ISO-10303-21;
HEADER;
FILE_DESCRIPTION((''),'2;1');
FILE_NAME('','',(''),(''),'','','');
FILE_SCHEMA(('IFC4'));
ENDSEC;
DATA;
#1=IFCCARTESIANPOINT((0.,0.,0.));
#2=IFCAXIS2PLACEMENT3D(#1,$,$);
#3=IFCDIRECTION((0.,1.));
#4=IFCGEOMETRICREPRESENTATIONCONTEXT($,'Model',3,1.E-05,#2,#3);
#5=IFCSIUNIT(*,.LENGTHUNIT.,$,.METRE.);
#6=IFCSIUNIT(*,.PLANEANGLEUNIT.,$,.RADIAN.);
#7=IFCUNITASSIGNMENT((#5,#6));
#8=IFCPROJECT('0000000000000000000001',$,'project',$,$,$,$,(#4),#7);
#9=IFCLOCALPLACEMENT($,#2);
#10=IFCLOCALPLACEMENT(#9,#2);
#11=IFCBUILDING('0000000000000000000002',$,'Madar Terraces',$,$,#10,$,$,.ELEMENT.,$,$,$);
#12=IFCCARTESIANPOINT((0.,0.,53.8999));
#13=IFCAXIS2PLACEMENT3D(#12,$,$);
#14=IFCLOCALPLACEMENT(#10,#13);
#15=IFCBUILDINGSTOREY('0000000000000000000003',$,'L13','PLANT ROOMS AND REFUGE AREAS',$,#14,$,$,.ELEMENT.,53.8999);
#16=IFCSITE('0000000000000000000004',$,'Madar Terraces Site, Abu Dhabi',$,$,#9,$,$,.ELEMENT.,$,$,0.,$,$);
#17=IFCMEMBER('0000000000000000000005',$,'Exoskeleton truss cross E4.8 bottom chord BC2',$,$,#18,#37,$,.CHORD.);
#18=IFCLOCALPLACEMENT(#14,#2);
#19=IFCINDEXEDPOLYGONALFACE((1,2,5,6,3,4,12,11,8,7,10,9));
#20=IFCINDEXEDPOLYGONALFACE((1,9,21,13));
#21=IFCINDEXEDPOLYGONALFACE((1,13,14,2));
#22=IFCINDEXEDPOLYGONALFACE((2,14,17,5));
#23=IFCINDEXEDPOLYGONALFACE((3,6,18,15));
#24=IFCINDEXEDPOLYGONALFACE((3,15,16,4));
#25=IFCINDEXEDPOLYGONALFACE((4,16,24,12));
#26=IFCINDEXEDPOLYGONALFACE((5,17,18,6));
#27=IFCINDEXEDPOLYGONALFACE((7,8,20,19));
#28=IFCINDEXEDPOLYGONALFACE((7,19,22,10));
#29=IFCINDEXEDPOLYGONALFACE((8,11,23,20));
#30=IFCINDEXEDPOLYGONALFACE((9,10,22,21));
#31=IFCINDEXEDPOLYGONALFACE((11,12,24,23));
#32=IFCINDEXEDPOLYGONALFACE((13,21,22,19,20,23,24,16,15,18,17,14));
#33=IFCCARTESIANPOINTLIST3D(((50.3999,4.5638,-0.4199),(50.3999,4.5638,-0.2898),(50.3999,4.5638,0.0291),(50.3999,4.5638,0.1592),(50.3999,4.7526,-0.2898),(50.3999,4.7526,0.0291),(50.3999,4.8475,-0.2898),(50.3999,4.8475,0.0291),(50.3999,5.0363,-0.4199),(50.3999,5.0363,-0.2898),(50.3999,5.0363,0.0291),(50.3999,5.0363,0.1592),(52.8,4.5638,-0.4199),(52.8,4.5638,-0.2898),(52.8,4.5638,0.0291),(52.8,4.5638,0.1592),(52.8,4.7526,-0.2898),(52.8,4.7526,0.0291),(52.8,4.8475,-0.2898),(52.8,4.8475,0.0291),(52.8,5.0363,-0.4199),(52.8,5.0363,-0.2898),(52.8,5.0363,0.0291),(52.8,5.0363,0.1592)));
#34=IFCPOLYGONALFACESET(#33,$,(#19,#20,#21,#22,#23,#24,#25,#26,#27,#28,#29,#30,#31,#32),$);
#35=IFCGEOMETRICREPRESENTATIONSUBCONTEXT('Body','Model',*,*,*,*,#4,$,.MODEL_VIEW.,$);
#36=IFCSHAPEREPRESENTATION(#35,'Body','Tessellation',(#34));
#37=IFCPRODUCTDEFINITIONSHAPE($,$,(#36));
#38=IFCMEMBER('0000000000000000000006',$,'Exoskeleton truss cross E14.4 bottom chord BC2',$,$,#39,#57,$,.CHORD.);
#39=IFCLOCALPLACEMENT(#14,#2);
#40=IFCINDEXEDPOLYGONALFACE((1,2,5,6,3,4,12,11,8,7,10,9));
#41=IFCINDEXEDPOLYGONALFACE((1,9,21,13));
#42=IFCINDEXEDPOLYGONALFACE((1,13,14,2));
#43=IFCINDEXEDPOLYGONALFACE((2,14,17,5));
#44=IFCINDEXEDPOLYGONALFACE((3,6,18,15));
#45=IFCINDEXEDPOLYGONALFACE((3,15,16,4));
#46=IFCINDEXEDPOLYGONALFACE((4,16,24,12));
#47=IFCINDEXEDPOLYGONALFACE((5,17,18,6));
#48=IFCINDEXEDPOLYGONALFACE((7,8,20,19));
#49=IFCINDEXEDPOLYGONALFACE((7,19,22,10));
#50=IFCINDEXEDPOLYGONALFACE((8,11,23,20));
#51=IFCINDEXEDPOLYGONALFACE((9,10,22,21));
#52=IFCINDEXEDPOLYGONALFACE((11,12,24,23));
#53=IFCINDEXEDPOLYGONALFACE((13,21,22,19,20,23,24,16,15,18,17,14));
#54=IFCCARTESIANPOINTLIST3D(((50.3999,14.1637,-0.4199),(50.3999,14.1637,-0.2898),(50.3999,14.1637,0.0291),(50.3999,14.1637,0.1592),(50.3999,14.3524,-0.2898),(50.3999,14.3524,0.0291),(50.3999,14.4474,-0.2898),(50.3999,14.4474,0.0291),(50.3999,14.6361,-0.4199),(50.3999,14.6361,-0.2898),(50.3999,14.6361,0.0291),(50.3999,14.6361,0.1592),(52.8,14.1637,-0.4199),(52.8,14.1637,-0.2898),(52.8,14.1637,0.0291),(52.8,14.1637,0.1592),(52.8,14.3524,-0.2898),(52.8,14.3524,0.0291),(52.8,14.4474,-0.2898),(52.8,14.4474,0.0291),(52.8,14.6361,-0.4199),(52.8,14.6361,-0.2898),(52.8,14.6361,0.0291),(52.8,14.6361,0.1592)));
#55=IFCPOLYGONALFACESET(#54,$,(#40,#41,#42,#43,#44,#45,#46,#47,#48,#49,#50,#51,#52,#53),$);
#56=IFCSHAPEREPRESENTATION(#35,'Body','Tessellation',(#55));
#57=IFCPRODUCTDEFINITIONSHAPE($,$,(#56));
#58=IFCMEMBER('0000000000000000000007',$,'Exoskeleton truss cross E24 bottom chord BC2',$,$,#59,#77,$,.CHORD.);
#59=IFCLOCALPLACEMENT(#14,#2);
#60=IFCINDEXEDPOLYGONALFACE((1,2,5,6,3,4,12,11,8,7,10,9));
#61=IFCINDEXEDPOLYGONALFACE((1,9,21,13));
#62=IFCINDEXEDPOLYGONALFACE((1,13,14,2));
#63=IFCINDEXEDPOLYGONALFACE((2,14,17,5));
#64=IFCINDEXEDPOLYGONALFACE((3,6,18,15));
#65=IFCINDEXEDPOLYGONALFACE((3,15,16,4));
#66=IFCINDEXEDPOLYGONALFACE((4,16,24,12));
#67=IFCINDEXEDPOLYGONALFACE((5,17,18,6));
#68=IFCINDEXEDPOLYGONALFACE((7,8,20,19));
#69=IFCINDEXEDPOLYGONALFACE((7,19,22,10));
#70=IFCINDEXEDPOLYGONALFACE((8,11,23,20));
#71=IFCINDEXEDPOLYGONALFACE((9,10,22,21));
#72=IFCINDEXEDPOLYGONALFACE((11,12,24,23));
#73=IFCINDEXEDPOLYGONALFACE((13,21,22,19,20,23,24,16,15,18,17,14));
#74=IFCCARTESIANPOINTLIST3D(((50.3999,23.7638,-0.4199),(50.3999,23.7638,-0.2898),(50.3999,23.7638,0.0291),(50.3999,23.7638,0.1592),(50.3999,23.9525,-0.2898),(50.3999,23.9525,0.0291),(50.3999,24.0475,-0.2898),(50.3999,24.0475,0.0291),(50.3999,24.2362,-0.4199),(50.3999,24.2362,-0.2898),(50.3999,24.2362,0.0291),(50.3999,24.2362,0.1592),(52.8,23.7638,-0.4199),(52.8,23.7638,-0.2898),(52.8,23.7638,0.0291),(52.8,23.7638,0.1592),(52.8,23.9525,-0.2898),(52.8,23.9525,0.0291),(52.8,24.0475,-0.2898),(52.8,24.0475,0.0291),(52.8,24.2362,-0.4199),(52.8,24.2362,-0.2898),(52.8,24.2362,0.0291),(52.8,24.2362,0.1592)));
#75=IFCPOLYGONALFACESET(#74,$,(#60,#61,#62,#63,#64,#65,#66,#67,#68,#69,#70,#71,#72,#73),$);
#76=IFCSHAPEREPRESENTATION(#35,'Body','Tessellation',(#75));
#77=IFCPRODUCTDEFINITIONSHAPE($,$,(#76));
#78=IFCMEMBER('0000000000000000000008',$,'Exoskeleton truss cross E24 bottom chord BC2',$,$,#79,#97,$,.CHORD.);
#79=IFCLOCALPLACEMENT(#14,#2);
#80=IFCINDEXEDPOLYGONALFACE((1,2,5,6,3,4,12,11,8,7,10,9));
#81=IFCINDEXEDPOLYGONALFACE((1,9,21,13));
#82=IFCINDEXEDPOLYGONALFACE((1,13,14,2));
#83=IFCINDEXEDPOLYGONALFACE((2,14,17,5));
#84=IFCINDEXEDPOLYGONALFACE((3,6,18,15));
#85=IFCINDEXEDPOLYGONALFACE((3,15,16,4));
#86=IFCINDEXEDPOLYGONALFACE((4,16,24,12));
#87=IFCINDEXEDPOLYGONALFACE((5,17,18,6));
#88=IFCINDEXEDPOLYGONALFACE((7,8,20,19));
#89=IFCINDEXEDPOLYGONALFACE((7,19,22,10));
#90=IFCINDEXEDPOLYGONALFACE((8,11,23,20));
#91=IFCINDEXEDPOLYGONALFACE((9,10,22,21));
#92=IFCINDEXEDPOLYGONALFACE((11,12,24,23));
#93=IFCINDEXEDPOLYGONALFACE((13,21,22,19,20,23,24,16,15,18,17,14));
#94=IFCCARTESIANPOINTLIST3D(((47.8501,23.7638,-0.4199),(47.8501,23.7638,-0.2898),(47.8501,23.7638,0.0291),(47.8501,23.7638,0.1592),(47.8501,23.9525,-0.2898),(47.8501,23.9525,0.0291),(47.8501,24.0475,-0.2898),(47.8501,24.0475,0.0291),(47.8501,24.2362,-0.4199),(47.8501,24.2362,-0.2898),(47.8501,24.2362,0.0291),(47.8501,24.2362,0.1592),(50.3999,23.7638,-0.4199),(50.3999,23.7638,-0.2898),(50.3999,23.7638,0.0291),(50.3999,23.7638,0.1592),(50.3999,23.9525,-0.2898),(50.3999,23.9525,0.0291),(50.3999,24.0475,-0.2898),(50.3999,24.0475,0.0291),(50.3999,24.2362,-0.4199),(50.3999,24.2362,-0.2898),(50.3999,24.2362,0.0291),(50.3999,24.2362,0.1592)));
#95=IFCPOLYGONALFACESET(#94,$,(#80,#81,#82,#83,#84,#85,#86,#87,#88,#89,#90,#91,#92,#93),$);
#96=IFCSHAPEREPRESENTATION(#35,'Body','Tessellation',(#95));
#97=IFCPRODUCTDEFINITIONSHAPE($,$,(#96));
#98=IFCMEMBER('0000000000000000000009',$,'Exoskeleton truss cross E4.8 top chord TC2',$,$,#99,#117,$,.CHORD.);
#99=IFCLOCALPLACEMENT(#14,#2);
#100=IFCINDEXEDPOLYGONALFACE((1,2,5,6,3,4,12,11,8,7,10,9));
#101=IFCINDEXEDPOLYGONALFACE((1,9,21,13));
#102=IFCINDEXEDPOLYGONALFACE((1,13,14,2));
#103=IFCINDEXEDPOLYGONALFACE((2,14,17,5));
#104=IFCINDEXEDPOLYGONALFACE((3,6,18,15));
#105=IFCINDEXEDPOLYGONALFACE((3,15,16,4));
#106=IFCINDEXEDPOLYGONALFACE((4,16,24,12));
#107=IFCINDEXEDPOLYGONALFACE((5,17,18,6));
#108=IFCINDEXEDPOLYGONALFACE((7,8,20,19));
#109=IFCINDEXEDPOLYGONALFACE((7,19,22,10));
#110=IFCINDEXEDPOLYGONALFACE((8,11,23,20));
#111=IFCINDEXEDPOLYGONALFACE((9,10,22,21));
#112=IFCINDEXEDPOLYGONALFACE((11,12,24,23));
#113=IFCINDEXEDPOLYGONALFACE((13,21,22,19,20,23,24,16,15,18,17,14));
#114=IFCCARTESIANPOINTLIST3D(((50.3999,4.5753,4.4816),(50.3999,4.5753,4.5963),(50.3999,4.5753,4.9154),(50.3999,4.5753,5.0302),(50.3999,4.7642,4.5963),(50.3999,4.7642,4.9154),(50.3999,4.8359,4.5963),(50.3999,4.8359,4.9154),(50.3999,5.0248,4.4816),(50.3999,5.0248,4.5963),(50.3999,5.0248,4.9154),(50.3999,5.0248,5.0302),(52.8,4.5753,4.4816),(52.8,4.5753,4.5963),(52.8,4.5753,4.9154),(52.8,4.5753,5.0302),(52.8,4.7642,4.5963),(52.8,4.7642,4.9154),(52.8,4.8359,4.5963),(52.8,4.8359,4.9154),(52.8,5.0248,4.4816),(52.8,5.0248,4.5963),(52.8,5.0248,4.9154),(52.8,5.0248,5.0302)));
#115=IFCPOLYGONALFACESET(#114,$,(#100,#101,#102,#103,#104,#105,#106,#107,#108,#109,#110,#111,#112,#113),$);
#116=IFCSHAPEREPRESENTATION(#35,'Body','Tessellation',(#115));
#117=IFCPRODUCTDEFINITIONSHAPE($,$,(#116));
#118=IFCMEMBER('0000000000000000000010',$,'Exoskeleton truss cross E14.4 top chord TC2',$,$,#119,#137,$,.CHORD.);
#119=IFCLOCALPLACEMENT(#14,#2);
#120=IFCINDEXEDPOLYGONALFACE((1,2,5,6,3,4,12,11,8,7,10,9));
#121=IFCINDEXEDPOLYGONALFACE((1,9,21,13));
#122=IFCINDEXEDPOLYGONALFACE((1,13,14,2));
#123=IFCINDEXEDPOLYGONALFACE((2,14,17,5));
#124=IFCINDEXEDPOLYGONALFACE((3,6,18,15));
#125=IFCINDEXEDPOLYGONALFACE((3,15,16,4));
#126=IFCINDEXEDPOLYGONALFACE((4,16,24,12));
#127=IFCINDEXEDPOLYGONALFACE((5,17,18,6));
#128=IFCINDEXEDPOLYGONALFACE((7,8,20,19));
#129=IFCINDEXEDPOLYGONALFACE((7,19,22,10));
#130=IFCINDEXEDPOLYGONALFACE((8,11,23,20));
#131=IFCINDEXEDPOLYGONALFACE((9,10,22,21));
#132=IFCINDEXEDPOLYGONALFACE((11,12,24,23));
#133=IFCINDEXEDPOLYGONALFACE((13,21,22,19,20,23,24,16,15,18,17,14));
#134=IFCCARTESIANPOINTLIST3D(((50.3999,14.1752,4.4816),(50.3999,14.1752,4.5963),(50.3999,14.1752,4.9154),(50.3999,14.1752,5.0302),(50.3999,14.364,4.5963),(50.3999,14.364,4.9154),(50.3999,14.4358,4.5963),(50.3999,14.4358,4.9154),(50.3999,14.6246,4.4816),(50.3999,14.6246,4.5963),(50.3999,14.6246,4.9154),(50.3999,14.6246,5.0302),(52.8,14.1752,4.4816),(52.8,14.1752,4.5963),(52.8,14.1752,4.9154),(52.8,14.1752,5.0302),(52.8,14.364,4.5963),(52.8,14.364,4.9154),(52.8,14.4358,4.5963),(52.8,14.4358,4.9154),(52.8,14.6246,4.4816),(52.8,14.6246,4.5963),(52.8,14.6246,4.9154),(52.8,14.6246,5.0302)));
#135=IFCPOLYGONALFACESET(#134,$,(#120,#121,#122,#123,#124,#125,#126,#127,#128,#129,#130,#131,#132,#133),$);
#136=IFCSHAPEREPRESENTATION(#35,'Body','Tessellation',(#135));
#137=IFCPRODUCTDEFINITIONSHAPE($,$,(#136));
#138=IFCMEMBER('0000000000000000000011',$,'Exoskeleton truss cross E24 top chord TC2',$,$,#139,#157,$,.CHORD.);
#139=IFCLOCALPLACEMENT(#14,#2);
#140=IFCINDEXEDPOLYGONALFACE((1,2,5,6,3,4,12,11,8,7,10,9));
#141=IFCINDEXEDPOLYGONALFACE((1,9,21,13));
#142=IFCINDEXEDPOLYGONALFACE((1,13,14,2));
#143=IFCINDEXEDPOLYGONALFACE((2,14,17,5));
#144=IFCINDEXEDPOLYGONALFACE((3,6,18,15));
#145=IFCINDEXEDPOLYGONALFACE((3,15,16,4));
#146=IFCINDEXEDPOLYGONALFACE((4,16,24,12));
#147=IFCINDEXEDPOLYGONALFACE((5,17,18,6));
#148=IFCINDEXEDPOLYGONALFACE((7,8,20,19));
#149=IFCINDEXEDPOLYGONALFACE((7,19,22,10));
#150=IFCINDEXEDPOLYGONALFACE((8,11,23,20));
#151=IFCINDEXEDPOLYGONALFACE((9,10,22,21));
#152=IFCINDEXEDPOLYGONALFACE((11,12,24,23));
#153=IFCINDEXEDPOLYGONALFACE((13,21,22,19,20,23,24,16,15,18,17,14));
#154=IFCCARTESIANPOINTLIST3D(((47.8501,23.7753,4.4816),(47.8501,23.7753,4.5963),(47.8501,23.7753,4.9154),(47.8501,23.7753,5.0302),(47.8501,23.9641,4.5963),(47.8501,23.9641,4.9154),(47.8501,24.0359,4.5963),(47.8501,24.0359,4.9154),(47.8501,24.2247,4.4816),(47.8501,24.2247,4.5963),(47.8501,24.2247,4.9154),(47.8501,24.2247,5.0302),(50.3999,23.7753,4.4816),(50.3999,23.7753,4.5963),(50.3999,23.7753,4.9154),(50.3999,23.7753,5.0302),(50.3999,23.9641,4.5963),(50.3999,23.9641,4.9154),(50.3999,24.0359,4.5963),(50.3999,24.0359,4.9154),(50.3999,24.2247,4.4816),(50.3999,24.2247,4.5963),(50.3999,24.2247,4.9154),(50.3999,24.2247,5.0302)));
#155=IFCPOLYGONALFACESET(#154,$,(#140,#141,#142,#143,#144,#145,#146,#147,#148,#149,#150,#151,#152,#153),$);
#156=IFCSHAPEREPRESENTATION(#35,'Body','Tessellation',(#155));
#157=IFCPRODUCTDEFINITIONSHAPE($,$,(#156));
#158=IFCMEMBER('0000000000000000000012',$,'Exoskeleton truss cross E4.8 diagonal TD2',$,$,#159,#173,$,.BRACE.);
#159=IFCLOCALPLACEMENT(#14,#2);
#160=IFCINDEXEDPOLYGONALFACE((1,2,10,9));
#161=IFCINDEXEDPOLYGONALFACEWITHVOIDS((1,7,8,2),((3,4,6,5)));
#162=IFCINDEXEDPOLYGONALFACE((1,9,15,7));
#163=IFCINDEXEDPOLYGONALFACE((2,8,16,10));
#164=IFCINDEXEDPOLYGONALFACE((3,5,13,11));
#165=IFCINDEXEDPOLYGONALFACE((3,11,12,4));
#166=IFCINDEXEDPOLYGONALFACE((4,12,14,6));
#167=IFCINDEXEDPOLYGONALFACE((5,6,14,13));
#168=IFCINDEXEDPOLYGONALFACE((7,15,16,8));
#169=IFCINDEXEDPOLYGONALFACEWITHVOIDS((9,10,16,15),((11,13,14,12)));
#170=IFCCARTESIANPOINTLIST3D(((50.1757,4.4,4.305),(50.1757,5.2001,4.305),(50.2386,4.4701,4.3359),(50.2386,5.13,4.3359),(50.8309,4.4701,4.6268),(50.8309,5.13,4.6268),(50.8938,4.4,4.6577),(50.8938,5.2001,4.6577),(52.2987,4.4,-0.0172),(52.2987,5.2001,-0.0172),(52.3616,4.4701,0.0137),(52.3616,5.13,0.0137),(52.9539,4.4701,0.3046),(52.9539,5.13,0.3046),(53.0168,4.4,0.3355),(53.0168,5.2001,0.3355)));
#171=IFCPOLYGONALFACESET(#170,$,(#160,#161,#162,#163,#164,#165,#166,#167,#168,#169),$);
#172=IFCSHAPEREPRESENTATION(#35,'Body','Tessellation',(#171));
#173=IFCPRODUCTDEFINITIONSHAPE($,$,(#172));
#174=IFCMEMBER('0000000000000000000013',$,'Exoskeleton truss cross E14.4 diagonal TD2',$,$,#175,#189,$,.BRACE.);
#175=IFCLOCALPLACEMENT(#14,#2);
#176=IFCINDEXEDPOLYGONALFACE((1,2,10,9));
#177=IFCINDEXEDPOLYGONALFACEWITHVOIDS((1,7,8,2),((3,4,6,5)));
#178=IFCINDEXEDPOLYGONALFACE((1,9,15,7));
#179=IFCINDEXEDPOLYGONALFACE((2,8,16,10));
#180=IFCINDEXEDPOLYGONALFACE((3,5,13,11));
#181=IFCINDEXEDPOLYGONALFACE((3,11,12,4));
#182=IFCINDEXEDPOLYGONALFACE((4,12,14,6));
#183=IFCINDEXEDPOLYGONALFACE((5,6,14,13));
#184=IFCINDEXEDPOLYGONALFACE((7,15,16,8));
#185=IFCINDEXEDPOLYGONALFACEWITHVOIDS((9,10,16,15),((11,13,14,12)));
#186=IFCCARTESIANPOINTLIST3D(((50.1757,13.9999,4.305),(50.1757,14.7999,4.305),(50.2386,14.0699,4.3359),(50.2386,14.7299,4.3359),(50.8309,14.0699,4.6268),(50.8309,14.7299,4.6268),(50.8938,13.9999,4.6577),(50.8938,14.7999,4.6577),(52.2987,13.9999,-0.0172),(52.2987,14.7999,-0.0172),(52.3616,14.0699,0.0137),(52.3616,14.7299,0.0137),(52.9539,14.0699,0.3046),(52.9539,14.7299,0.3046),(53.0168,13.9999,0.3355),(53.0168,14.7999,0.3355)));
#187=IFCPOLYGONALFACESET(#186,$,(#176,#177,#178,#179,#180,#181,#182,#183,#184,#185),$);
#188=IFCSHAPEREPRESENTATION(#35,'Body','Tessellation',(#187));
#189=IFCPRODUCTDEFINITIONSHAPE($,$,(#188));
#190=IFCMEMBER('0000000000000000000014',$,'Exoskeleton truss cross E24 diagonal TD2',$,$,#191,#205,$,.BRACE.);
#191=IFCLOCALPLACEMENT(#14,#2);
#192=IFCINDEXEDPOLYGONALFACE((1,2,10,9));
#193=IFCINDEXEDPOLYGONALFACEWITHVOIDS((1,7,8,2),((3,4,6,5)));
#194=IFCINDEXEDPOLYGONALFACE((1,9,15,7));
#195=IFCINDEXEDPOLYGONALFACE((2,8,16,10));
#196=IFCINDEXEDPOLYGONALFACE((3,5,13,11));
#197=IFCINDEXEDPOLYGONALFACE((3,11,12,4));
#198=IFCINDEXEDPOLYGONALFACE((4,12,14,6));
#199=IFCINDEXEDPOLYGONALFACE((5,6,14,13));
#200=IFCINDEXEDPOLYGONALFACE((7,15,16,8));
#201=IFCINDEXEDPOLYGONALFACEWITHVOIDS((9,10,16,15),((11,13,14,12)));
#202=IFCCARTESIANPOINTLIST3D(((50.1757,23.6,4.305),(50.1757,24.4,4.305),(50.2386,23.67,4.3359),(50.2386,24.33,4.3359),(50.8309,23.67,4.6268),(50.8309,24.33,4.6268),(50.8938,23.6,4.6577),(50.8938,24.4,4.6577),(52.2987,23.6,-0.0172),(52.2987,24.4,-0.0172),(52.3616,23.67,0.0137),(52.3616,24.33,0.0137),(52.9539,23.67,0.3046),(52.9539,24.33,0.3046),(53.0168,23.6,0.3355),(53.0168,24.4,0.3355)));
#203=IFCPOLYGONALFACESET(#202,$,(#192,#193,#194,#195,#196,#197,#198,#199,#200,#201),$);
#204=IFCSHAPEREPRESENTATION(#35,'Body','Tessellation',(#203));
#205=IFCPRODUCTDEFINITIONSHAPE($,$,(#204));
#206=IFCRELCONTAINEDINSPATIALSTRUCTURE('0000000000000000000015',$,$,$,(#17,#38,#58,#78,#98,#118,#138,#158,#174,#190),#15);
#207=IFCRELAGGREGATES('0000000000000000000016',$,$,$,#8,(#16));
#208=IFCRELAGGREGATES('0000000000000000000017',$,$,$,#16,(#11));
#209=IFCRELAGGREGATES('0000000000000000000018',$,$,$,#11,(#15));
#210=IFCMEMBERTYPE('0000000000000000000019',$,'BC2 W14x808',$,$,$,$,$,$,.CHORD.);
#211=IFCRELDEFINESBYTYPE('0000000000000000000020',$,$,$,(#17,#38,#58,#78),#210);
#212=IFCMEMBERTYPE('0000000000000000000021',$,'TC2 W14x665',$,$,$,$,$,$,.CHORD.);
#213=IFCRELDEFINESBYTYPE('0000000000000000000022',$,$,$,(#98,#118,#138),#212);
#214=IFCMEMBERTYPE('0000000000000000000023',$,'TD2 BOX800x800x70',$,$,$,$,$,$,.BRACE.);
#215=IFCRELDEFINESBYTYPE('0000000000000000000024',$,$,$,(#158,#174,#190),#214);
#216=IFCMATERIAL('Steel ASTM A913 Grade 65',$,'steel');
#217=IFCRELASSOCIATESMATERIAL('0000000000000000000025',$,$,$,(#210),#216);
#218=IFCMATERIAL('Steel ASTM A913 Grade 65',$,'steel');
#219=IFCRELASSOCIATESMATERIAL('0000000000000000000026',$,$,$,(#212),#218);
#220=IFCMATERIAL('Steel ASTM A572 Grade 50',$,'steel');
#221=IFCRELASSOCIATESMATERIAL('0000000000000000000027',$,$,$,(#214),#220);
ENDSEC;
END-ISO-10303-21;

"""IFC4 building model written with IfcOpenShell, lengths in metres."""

from ifc_helpers import new_model, si_unit, direction, frame, origin, origin_2d, place, context, subcontext, project, spatial, hollow_rectangle, i_section, extrude, material, material_profile, profile_set, type_object, element, save


model = new_model("IFC4")

# Units and contexts
model_context = context("Model", 3, precision=1e-05, world=origin(), true_north=direction((0.0, 1.0)))
body_context = subcontext(model_context, "Body", "Model", "MODEL_VIEW")
ifc_project = project(units=[si_unit("LENGTHUNIT", "METRE"), si_unit("PLANEANGLEUNIT", "RADIAN")], contexts=[model_context])

# Site, building, storey
site_placement = place(None, origin())
site = spatial("IfcSite", under=ifc_project, at=site_placement, Name="Madar Terraces Site, Abu Dhabi", CompositionType="ELEMENT", RefElevation=0.0)
building_placement = place(site_placement, origin())
building = spatial("IfcBuilding", under=site, at=building_placement, Name="Madar Terraces", CompositionType="ELEMENT")
storey_placement = place(building_placement, frame((0.0, 0.0, 53.8999)))
storey = spatial("IfcBuildingStorey", under=building, at=storey_placement, Name="L13", Description="PLANT ROOMS AND REFUGE AREAS", CompositionType="ELEMENT", Elevation=53.8999)

# Members
ifc_material_1 = material(Name="Steel ASTM A913 Grade 65", Category="steel")
ifc_material_profile_1 = material_profile(ifc_material_1, i_section(OverallWidth=0.4724, OverallDepth=0.5791, WebThickness=0.095, FlangeThickness=0.1301, at=origin_2d()), Name="W14x808")
ifc_profile_set_1 = profile_set([ifc_material_profile_1], Name="Steel ASTM A913 Grade 65")
member_type_1 = type_object("IfcMemberType", Name="BC2 W14x808", PredefinedType="CHORD", material=ifc_profile_set_1)
for number, where, z_axis, x_axis, name in (
    (1, (52.8, 4.8, -0.1304), (-1.0, 0.0, 0.0), (0.0, -1.0, 0.0), "Exoskeleton truss cross E4.8 bottom chord BC2"),
    (2, (52.8, 14.3999, -0.1304), (-1.0, 0.0, 0.0), (0.0, -1.0, 0.0), "Exoskeleton truss cross E14.4 bottom chord BC2"),
    (3, (52.8, 24.0, -0.1304), (-1.0, 0.0, 0.0), (0.0, -1.0, 0.0), "Exoskeleton truss cross E24 bottom chord BC2"),
):
    element("IfcMember", number, at=place(storey_placement, frame(where, z_axis=z_axis, x_axis=x_axis)), inside=storey, type_object=member_type_1, Name=name, PredefinedType="CHORD", context=body_context, shape_type="SweptSolid", body=[
        extrude(i_section(OverallWidth=0.4724, OverallDepth=0.5791, WebThickness=0.095, FlangeThickness=0.1301, at=origin_2d()), origin(), (0.0, 0.0, 1.0), 2.4001),
    ])
member_1_placement = place(storey_placement, frame((50.3999, 24.0, -0.1304), z_axis=(-1.0, 0.0, 0.0), x_axis=(0.0, -1.0, 0.0)))
element("IfcMember", 4, at=member_1_placement, inside=storey, type_object=member_type_1, Name="Exoskeleton truss cross E24 bottom chord BC2", PredefinedType="CHORD", context=body_context, shape_type="SweptSolid", body=[
    extrude(i_section(OverallWidth=0.4724, OverallDepth=0.5791, WebThickness=0.095, FlangeThickness=0.1301, at=origin_2d()), origin(), (0.0, 0.0, 1.0), 2.5498),
])
ifc_material_2 = material(Name="Steel ASTM A913 Grade 65", Category="steel")
ifc_material_profile_2 = material_profile(ifc_material_2, i_section(OverallWidth=0.4495, OverallDepth=0.5486, WebThickness=0.0718, FlangeThickness=0.1147, at=origin_2d()), Name="W14x665")
ifc_profile_set_2 = profile_set([ifc_material_profile_2], Name="Steel ASTM A913 Grade 65")
member_type_2 = type_object("IfcMemberType", Name="TC2 W14x665", PredefinedType="CHORD", material=ifc_profile_set_2)
for number, where, z_axis, x_axis, name in (
    (5, (52.8, 4.8, 4.7559), (-1.0, 0.0, 0.0), (0.0, -1.0, 0.0), "Exoskeleton truss cross E4.8 top chord TC2"),
    (6, (52.8, 14.3999, 4.7559), (-1.0, 0.0, 0.0), (0.0, -1.0, 0.0), "Exoskeleton truss cross E14.4 top chord TC2"),
):
    element("IfcMember", number, at=place(storey_placement, frame(where, z_axis=z_axis, x_axis=x_axis)), inside=storey, type_object=member_type_2, Name=name, PredefinedType="CHORD", context=body_context, shape_type="SweptSolid", body=[
        extrude(i_section(OverallWidth=0.4495, OverallDepth=0.5486, WebThickness=0.0718, FlangeThickness=0.1147, at=origin_2d()), origin(), (0.0, 0.0, 1.0), 2.4001),
    ])
member_2_placement = place(storey_placement, frame((50.3999, 24.0, 4.7559), z_axis=(-1.0, 0.0, 0.0), x_axis=(0.0, -1.0, 0.0)))
element("IfcMember", 7, at=member_2_placement, inside=storey, type_object=member_type_2, Name="Exoskeleton truss cross E24 top chord TC2", PredefinedType="CHORD", context=body_context, shape_type="SweptSolid", body=[
    extrude(i_section(OverallWidth=0.4495, OverallDepth=0.5486, WebThickness=0.0718, FlangeThickness=0.1147, at=origin_2d()), origin(), (0.0, 0.0, 1.0), 2.5498),
])
ifc_material_3 = material(Name="Steel ASTM A572 Grade 50", Category="steel")
ifc_material_profile_3 = material_profile(ifc_material_3, hollow_rectangle(XDim=0.8, YDim=0.8, WallThickness=0.0701, at=origin_2d()), Name="BOX800x800x70")
ifc_profile_set_3 = profile_set([ifc_material_profile_3], Name="Steel ASTM A572 Grade 50")
member_type_3 = type_object("IfcMemberType", Name="TD2 BOX800x800x70", PredefinedType="BRACE", material=ifc_profile_set_3)
for number, where, z_axis, x_axis, name in (
    (8, (52.6577, 4.8, 0.1592), (-0.440875, 0.0, 0.897568), (0.0, -1.0, 0.0), "Exoskeleton truss cross E4.8 diagonal TD2"),
    (9, (52.6577, 14.3999, 0.1592), (-0.440875, 0.0, 0.897568), (0.0, -1.0, 0.0), "Exoskeleton truss cross E14.4 diagonal TD2"),
    (10, (52.6577, 24.0, 0.1592), (-0.440875, 0.0, 0.897568), (0.0, -1.0, 0.0), "Exoskeleton truss cross E24 diagonal TD2"),
):
    element("IfcMember", number, at=place(storey_placement, frame(where, z_axis=z_axis, x_axis=x_axis)), inside=storey, type_object=member_type_3, Name=name, PredefinedType="BRACE", context=body_context, shape_type="SweptSolid", body=[
        extrude(hollow_rectangle(XDim=0.8, YDim=0.8, WallThickness=0.0701, at=origin_2d()), origin(), (0.0, 0.0, 1.0), 4.8154),
    ])

save(model, "model.ifc")
